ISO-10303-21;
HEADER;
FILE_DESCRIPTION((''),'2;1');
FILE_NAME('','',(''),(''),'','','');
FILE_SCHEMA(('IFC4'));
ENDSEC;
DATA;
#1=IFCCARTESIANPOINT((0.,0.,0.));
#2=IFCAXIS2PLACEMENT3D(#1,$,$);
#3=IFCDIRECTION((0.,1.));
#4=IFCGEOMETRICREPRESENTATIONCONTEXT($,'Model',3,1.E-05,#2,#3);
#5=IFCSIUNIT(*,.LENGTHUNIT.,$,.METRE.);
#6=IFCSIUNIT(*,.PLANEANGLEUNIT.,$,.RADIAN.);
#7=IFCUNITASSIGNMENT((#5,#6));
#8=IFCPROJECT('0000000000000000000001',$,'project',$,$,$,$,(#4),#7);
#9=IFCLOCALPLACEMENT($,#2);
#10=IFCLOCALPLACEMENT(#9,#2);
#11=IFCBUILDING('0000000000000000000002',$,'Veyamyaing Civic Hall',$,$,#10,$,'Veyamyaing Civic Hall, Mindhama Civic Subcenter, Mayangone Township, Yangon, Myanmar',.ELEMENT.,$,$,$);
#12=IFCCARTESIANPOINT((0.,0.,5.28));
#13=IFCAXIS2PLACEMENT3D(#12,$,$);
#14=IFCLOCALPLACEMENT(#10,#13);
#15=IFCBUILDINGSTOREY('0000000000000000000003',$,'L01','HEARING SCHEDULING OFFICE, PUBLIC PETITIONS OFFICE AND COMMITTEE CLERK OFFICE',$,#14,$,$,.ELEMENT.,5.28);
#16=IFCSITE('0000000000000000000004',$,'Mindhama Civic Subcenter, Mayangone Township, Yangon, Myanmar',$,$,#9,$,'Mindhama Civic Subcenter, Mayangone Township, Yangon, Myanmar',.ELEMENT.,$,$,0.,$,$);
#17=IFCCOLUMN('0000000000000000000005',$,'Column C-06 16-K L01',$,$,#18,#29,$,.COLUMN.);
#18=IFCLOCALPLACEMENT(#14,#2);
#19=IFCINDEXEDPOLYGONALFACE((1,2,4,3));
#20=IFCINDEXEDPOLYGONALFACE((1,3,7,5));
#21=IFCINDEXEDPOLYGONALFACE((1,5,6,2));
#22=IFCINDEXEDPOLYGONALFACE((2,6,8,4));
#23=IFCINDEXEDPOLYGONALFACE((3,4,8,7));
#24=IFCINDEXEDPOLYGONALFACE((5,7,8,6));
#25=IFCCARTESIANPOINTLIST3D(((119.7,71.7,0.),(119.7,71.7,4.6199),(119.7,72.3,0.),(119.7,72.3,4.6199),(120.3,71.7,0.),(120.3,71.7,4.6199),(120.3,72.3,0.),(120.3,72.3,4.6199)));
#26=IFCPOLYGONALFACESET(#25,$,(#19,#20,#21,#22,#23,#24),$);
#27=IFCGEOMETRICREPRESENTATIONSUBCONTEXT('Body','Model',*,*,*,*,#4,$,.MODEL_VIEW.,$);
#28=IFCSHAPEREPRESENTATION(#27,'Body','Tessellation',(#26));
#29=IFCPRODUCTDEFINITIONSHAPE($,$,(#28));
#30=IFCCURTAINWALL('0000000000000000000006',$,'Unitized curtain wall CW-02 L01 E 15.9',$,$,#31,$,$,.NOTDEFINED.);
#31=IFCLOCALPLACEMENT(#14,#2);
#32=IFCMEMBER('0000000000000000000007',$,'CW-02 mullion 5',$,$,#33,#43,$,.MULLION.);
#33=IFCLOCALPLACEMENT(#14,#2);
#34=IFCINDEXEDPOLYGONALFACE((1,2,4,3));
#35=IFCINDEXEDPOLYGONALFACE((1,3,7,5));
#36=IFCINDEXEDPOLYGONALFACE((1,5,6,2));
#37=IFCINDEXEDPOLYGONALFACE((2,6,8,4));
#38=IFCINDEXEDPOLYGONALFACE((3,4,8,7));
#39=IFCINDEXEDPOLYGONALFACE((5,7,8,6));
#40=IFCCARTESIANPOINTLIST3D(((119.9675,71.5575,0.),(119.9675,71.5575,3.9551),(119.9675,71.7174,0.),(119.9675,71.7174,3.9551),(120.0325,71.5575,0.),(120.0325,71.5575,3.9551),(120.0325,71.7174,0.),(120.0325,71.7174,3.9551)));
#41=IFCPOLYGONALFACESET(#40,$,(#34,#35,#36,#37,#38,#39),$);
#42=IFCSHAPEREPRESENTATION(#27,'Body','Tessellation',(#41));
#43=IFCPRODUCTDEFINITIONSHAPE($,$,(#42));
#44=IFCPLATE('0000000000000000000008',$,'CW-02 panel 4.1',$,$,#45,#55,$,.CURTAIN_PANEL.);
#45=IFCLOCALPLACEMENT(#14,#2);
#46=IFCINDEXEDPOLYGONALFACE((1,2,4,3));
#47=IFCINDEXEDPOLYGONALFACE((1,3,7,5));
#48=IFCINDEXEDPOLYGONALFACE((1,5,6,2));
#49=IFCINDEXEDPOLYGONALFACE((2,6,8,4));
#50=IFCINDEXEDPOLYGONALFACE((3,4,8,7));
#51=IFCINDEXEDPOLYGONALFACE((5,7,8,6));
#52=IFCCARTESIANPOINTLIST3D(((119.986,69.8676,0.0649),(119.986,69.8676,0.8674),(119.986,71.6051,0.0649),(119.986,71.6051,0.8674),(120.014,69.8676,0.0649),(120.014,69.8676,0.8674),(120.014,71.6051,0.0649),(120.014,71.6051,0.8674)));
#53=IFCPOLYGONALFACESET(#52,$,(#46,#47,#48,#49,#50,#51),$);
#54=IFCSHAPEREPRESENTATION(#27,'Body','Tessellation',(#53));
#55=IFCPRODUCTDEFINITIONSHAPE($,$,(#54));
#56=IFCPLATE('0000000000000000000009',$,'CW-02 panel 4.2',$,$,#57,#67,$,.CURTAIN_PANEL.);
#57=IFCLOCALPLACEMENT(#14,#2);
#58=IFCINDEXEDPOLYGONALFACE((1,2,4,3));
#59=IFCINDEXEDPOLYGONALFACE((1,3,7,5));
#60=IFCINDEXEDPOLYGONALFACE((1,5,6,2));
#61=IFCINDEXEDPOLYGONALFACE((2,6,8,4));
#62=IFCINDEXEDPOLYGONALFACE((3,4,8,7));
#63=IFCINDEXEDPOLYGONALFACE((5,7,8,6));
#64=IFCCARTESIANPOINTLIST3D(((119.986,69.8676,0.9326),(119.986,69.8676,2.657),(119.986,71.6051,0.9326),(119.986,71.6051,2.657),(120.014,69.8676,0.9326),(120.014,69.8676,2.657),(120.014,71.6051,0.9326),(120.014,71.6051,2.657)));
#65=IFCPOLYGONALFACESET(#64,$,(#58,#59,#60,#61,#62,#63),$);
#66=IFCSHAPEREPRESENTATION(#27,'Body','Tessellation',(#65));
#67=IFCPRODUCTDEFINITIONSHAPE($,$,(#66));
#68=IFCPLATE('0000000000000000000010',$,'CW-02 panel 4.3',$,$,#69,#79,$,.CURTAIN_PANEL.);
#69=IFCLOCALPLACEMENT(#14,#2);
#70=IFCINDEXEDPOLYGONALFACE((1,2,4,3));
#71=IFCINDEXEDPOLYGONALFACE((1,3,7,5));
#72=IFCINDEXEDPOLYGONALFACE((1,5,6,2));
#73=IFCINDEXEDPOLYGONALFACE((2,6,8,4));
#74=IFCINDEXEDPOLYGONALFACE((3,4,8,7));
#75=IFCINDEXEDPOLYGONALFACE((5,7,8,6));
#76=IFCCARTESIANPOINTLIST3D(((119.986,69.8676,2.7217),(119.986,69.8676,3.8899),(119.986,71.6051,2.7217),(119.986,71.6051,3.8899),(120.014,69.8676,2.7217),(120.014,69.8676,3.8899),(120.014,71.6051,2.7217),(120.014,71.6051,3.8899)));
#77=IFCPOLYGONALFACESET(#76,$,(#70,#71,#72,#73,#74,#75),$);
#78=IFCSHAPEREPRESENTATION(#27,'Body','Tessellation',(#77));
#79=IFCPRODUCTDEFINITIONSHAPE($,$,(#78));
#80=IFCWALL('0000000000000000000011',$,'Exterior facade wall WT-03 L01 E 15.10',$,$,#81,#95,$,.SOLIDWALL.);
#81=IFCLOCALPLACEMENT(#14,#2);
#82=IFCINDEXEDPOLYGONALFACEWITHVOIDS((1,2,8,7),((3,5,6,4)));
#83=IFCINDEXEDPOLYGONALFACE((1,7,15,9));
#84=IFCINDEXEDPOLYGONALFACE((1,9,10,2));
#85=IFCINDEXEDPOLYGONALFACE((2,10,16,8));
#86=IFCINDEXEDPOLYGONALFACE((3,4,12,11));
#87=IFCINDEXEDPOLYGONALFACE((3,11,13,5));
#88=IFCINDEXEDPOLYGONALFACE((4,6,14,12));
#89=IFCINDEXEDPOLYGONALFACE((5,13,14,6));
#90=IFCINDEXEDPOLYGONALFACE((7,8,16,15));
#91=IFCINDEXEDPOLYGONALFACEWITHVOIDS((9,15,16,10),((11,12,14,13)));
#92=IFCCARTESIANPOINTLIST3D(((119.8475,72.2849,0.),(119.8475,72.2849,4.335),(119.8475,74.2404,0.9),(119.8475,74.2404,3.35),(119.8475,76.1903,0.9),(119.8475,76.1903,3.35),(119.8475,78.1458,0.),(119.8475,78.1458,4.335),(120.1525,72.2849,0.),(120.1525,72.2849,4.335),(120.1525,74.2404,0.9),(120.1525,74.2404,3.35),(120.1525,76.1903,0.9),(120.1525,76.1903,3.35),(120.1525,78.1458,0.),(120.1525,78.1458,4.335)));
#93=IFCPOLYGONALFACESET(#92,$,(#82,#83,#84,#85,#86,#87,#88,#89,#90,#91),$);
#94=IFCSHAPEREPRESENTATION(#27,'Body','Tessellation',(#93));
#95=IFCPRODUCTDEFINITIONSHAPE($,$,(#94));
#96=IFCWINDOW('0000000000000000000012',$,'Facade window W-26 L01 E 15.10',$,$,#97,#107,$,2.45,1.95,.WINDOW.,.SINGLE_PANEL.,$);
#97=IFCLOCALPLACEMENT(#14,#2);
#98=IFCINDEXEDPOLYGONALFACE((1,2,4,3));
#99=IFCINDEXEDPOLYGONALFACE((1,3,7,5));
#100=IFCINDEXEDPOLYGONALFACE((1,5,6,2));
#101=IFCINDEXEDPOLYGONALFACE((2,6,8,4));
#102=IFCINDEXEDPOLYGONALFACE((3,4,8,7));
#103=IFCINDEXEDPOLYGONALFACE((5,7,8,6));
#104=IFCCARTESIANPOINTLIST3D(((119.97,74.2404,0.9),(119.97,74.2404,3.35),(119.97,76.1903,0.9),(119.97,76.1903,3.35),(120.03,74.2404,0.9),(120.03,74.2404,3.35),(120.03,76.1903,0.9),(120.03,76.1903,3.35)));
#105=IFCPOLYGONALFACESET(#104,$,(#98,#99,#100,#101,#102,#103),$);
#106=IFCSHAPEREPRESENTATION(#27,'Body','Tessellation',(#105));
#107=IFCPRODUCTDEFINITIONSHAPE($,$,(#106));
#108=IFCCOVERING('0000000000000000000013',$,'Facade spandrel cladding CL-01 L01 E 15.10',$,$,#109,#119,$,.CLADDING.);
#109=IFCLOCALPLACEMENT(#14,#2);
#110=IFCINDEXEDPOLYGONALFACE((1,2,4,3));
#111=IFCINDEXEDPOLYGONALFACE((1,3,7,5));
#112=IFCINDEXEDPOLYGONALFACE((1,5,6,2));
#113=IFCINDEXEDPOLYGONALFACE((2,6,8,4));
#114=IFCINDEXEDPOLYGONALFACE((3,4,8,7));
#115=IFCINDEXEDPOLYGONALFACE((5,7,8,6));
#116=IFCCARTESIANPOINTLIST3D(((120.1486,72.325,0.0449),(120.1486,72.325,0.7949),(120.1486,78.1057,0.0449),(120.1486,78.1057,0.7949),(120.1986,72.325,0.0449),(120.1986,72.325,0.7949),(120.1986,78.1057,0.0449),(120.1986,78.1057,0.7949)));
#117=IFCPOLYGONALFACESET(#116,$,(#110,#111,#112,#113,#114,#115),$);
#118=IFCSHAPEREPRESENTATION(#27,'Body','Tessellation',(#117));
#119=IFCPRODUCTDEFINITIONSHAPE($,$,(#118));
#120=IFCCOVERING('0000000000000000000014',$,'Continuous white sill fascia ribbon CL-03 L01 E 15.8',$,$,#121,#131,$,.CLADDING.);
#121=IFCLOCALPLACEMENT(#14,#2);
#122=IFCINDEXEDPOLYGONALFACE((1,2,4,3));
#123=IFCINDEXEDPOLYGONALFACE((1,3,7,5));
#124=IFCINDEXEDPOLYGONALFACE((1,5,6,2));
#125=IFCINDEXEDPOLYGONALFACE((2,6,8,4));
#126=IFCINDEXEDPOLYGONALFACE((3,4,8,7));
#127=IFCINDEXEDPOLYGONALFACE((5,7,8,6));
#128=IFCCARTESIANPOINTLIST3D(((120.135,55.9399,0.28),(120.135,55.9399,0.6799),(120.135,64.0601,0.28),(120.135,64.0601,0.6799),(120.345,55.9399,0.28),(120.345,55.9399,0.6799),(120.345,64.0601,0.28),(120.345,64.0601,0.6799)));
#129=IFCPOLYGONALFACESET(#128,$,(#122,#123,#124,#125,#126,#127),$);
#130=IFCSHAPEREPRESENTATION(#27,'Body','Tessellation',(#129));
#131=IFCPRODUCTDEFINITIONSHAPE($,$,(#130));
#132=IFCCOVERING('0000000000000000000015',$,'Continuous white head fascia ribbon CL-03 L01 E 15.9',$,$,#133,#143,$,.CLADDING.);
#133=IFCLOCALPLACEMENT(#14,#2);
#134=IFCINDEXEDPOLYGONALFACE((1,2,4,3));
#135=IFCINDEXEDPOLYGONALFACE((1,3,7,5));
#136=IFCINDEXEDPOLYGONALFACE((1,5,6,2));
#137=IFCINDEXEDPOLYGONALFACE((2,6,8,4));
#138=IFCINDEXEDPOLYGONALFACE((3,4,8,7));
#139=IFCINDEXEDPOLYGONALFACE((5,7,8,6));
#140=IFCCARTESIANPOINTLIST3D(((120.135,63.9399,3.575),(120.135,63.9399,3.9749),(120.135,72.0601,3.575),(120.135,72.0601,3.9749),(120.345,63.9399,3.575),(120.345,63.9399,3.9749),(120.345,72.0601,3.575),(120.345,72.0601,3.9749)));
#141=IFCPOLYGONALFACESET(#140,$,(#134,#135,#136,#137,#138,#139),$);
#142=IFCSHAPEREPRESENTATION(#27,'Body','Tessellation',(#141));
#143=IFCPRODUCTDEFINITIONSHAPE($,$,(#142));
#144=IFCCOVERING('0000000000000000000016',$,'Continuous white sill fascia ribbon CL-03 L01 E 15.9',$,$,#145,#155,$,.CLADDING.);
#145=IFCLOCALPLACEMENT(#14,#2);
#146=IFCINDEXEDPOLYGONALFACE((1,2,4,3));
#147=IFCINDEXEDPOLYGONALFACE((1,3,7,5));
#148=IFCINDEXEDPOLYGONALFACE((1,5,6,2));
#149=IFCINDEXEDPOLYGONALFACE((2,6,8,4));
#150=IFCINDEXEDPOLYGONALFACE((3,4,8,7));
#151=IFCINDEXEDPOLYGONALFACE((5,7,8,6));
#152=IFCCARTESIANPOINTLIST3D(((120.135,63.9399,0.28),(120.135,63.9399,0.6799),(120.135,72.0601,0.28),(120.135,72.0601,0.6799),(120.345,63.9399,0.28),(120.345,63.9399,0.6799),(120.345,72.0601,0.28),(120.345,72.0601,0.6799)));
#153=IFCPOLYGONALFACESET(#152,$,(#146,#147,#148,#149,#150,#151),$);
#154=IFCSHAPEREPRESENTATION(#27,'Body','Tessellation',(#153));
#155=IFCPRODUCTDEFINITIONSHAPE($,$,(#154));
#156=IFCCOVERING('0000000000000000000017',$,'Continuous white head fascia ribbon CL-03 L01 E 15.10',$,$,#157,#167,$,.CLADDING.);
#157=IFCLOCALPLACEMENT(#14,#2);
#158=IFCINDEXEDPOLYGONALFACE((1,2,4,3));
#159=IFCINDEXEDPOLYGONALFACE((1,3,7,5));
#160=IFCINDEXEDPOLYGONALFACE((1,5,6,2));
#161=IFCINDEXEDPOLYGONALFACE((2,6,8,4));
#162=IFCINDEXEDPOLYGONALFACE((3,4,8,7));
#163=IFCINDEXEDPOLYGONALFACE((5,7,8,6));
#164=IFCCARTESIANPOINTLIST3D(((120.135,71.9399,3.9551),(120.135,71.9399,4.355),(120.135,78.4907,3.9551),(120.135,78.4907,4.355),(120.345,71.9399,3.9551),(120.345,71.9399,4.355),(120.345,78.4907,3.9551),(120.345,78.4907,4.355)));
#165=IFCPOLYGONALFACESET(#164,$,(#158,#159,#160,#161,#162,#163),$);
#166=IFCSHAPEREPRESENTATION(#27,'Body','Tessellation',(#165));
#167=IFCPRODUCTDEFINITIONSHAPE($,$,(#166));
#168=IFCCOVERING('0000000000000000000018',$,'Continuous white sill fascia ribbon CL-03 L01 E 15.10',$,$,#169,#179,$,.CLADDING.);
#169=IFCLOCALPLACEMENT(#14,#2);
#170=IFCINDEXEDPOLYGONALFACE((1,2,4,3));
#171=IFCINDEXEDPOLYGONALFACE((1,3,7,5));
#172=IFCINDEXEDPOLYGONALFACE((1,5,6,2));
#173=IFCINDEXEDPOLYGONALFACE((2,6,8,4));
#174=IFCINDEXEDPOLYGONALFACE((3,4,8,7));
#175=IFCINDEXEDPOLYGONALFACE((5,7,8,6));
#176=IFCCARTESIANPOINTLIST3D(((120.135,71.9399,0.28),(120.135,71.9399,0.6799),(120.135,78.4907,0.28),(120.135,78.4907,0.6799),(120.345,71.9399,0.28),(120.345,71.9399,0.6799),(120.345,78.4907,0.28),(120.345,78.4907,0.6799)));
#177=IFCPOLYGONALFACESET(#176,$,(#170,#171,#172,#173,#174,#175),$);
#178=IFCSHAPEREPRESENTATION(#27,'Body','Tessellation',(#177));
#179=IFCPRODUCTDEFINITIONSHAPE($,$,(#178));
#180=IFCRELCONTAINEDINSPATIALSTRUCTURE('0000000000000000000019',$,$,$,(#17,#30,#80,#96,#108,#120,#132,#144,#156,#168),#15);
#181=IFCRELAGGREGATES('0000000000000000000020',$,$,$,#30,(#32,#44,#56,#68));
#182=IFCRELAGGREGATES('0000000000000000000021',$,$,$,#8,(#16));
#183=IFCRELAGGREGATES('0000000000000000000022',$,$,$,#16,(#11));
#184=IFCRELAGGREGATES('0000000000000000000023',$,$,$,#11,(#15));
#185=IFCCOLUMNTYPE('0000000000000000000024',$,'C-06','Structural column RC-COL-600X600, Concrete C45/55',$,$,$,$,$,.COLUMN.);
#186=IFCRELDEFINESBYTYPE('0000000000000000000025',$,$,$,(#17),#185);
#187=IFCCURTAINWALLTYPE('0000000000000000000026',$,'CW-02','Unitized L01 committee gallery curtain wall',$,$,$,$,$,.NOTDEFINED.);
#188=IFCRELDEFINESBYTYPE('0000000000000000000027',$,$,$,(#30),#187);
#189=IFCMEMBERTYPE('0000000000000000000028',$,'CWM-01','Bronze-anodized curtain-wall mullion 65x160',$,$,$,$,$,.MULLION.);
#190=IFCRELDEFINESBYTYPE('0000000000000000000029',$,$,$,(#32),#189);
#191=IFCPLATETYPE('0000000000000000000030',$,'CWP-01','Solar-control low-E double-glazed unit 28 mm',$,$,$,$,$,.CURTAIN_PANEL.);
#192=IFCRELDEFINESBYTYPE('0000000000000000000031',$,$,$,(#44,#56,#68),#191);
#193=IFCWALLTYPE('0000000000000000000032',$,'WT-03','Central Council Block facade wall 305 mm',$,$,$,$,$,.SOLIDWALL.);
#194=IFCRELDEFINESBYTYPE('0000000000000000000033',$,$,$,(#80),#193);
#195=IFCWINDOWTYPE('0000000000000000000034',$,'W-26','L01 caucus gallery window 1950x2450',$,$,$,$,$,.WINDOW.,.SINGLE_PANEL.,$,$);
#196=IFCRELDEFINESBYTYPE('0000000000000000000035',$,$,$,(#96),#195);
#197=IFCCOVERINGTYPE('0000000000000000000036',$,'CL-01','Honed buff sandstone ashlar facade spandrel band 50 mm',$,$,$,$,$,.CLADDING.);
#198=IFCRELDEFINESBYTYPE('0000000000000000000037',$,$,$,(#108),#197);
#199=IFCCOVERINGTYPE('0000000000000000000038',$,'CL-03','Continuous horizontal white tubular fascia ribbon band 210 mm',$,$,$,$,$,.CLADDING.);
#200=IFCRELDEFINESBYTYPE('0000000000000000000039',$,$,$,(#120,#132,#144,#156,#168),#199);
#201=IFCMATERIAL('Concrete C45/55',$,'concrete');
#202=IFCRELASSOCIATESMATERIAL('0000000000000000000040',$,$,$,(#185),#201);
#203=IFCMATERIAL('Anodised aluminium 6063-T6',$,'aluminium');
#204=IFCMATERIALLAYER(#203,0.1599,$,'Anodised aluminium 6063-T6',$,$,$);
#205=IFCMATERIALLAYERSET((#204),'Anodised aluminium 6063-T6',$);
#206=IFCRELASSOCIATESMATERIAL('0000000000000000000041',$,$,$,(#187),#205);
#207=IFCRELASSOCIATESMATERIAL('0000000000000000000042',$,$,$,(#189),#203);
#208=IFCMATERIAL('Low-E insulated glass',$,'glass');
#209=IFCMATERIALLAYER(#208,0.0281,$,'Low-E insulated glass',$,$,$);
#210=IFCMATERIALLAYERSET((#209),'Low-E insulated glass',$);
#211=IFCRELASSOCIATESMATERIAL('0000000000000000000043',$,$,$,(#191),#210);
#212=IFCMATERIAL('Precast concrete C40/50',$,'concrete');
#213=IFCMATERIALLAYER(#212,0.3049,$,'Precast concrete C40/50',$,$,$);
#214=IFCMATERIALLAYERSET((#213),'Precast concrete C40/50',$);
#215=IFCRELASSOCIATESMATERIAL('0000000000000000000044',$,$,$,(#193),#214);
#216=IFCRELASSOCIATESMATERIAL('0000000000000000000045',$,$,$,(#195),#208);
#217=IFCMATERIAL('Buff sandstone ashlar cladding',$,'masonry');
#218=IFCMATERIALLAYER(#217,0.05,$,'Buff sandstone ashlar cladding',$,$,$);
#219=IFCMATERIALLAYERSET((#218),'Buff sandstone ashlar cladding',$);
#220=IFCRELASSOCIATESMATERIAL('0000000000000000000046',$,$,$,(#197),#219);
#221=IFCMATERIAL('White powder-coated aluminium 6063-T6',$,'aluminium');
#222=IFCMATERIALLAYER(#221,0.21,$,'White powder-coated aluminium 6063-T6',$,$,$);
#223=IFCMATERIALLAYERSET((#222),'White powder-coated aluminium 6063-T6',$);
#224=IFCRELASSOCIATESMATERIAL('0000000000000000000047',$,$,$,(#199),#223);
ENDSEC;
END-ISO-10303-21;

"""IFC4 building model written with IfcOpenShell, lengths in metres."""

from ifc_helpers import new_model, si_unit, direction, frame, frame_2d, origin, origin_2d, place, context, subcontext, project, spatial, rectangle, extrude, material, layer, layer_set, material_profile, profile_set, type_object, element, fill, aggregate, save


model = new_model("IFC4")

# Units and contexts
model_context = context("Model", 3, precision=1e-05, world=origin(), true_north=direction((0.0, 1.0)))
body_context = subcontext(model_context, "Body", "Model", "MODEL_VIEW")
ifc_project = project(units=[si_unit("LENGTHUNIT", "METRE"), si_unit("PLANEANGLEUNIT", "RADIAN")], contexts=[model_context])

# Site, building, storey
site_placement = place(None, origin())
site = spatial("IfcSite", under=ifc_project, at=site_placement, Name="Mindhama Civic Subcenter, Mayangone Township, Yangon, Myanmar", LongName="Mindhama Civic Subcenter, Mayangone Township, Yangon, Myanmar", CompositionType="ELEMENT", RefElevation=0.0)
building_placement = place(site_placement, origin())
building = spatial("IfcBuilding", under=site, at=building_placement, Name="Veyamyaing Civic Hall", LongName="Veyamyaing Civic Hall, Mindhama Civic Subcenter, Mayangone Township, Yangon, Myanmar", CompositionType="ELEMENT")
storey_placement = place(building_placement, frame((0.0, 0.0, 5.28)))
storey = spatial("IfcBuildingStorey", under=building, at=storey_placement, Name="L01", Description="HEARING SCHEDULING OFFICE, PUBLIC PETITIONS OFFICE AND COMMITTEE CLERK OFFICE", CompositionType="ELEMENT", Elevation=5.28)

# Column
ifc_material_1 = material(Name="Concrete C45/55", Category="concrete")
ifc_material_profile_1 = material_profile(ifc_material_1, rectangle(XDim=0.6001, YDim=0.6001, at=origin_2d()), Name="RC-COL-600X600")
ifc_profile_set_1 = profile_set([ifc_material_profile_1], Name="Concrete C45/55")
column_type = type_object("IfcColumnType", Name="C-06", Description="Structural column RC-COL-600X600, Concrete C45/55", PredefinedType="COLUMN", material=ifc_profile_set_1)
column_placement = place(storey_placement, frame((120.0, 72.0, 0.0), z_axis=(0.0, 0.0, 1.0), x_axis=(1.0, 0.0, 0.0)))
element("IfcColumn", 1, at=column_placement, inside=storey, type_object=column_type, Name="Column C-06 16-K L01", PredefinedType="COLUMN", context=body_context, shape_type="SweptSolid", body=[
    extrude(rectangle(XDim=0.6001, YDim=0.6001, at=origin_2d()), origin(), (0.0, 0.0, 1.0), 4.6199),
])

# Curtain wall, member, plates
ifc_material_2 = material(Name="Anodised aluminium 6063-T6", Category="aluminium")
ifc_layer_1 = layer(ifc_material_2, 0.1599, Name="Anodised aluminium 6063-T6")
ifc_layer_set_1 = layer_set([ifc_layer_1], Name="Anodised aluminium 6063-T6")
curtain_wall_type = type_object("IfcCurtainWallType", Name="CW-02", Description="Unitized L01 committee gallery curtain wall", PredefinedType="NOTDEFINED", material=ifc_layer_set_1)
curtain_wall_placement = place(storey_placement, origin())
curtain_wall = element("IfcCurtainWall", 2, at=curtain_wall_placement, inside=storey, type_object=curtain_wall_type, Name="Unitized curtain wall CW-02 L01 E 15.9", PredefinedType="NOTDEFINED")
ifc_material_profile_2 = material_profile(ifc_material_2, rectangle(XDim=0.0649, YDim=0.1599, at=origin_2d()), Name="ALU-MUL-65X160")
ifc_profile_set_2 = profile_set([ifc_material_profile_2], Name="Anodised aluminium 6063-T6")
member_type = type_object("IfcMemberType", Name="CWM-01", Description="Bronze-anodized curtain-wall mullion 65x160", PredefinedType="MULLION", material=ifc_profile_set_2)
member_placement = place(storey_placement, frame((120.0, 71.6375, 0.0), z_axis=(0.0, 0.0, 1.0), x_axis=(-1.0, 0.0, 0.0)))
member = element("IfcMember", 3, at=member_placement, type_object=member_type, Name="CW-02 mullion 5", PredefinedType="MULLION", context=body_context, shape_type="SweptSolid", body=[
    extrude(rectangle(XDim=0.0649, YDim=0.1599, at=origin_2d()), origin(), (0.0, 0.0, 1.0), 3.9551),
])
ifc_material_3 = material(Name="Low-E insulated glass", Category="glass")
ifc_layer_2 = layer(ifc_material_3, 0.0281, Name="Low-E insulated glass")
ifc_layer_set_2 = layer_set([ifc_layer_2], Name="Low-E insulated glass")
plate_type = type_object("IfcPlateType", Name="CWP-01", Description="Solar-control low-E double-glazed unit 28 mm", PredefinedType="CURTAIN_PANEL", material=ifc_layer_set_2)
plate_1_placement = place(storey_placement, frame((120.0, 70.7363, 0.0649), z_axis=(0.0, 0.0, 1.0), x_axis=(0.0, 1.0, 0.0)))
plate_1 = element("IfcPlate", 4, at=plate_1_placement, type_object=plate_type, Name="CW-02 panel 4.1", PredefinedType="CURTAIN_PANEL", context=body_context, shape_type="SweptSolid", body=[
    extrude(rectangle(XDim=1.7375, YDim=0.0281, at=origin_2d()), origin(), (0.0, 0.0, 1.0), 0.8025),
])
plate_2_placement = place(storey_placement, frame((120.0, 70.7363, 0.9326), z_axis=(0.0, 0.0, 1.0), x_axis=(0.0, 1.0, 0.0)))
plate_2 = element("IfcPlate", 5, at=plate_2_placement, type_object=plate_type, Name="CW-02 panel 4.2", PredefinedType="CURTAIN_PANEL", context=body_context, shape_type="SweptSolid", body=[
    extrude(rectangle(XDim=1.7375, YDim=0.0281, at=origin_2d()), origin(), (0.0, 0.0, 1.0), 1.7244),
])
plate_3_placement = place(storey_placement, frame((120.0, 70.7363, 2.7217), z_axis=(0.0, 0.0, 1.0), x_axis=(0.0, 1.0, 0.0)))
plate_3 = element("IfcPlate", 6, at=plate_3_placement, type_object=plate_type, Name="CW-02 panel 4.3", PredefinedType="CURTAIN_PANEL", context=body_context, shape_type="SweptSolid", body=[
    extrude(rectangle(XDim=1.7375, YDim=0.0281, at=origin_2d()), origin(), (0.0, 0.0, 1.0), 1.1682),
])
aggregate(curtain_wall, [member, plate_1, plate_2, plate_3])

# Wall, opening, window
ifc_material_4 = material(Name="Precast concrete C40/50", Category="concrete")
ifc_layer_3 = layer(ifc_material_4, 0.3049, Name="Precast concrete C40/50")
ifc_layer_set_3 = layer_set([ifc_layer_3], Name="Precast concrete C40/50")
wall_type = type_object("IfcWallType", Name="WT-03", Description="Central Council Block facade wall 305 mm", PredefinedType="SOLIDWALL", material=ifc_layer_set_3)
wall_placement = place(storey_placement, frame((120.0, 72.2849, 0.0), z_axis=(0.0, 0.0, 1.0), x_axis=(0.0, 1.0, 0.0)))
wall = element("IfcWall", 7, at=wall_placement, inside=storey, type_object=wall_type, Name="Exterior facade wall WT-03 L01 E 15.10", PredefinedType="SOLIDWALL", context=body_context, shape_type="SweptSolid", body=[
    extrude(rectangle(XDim=5.8608, YDim=0.3049, at=frame_2d((2.9304, 0.0))), origin(), (0.0, 0.0, 1.0), 4.335),
])
opening_placement = place(wall_placement, frame((1.9553, 0.0, 0.8999)))
opening = element("IfcOpeningElement", 8, at=opening_placement, cuts=wall, PredefinedType="OPENING", context=body_context, shape_type="SweptSolid", body=[
    extrude(rectangle(XDim=1.95, YDim=2.45, at=frame_2d((0.9751, 1.2251))), frame((0.0, 0.1624, 0.0), z_axis=(0.0, -1.0, 0.0), x_axis=(1.0, 0.0, 0.0)), (0.0, 0.0, 1.0), 0.325),
])
window_type = type_object("IfcWindowType", Name="W-26", Description="L01 caucus gallery window 1950x2450", PartitioningType="SINGLE_PANEL", PredefinedType="WINDOW", material=ifc_material_3)
window_placement = place(opening_placement, origin())
window = element("IfcWindow", 9, at=window_placement, inside=storey, type_object=window_type, Name="Facade window W-26 L01 E 15.10", OverallHeight=2.45, OverallWidth=1.95, PartitioningType="SINGLE_PANEL", PredefinedType="WINDOW", context=body_context, shape_type="SweptSolid", body=[
    extrude(rectangle(XDim=1.95, YDim=2.45, at=frame_2d((0.9751, 1.2251))), frame((0.0, 0.03, 0.0), z_axis=(0.0, -1.0, 0.0), x_axis=(1.0, 0.0, 0.0)), (0.0, 0.0, 1.0), 0.0601),
])
fill(opening, window)

# Coverings
ifc_material_5 = material(Name="Buff sandstone ashlar cladding", Category="masonry")
ifc_layer_4 = layer(ifc_material_5, 0.05, Name="Buff sandstone ashlar cladding")
ifc_layer_set_4 = layer_set([ifc_layer_4], Name="Buff sandstone ashlar cladding")
covering_type_1 = type_object("IfcCoveringType", Name="CL-01", Description="Honed buff sandstone ashlar facade spandrel band 50 mm", PredefinedType="CLADDING", material=ifc_layer_set_4)
covering_placement = place(storey_placement, frame((120.1736, 75.2153, 0.0449), z_axis=(0.0, 0.0, 1.0), x_axis=(0.0, 1.0, 0.0)))
element("IfcCovering", 10, at=covering_placement, inside=storey, type_object=covering_type_1, Name="Facade spandrel cladding CL-01 L01 E 15.10", PredefinedType="CLADDING", context=body_context, shape_type="SweptSolid", body=[
    extrude(rectangle(XDim=5.7808, YDim=0.05, at=origin_2d()), origin(), (0.0, 0.0, 1.0), 0.75),
])
ifc_material_6 = material(Name="White powder-coated aluminium 6063-T6", Category="aluminium")
ifc_layer_5 = layer(ifc_material_6, 0.21, Name="White powder-coated aluminium 6063-T6")
ifc_layer_set_5 = layer_set([ifc_layer_5], Name="White powder-coated aluminium 6063-T6")
covering_type_2 = type_object("IfcCoveringType", Name="CL-03", Description="Continuous horizontal white tubular fascia ribbon band 210 mm", PredefinedType="CLADDING", material=ifc_layer_set_5)
for number, where, z_axis, x_axis, name in (
    (11, (120.24, 60.0, 0.28), (0.0, 0.0, 1.0), (0.0, 1.0, 0.0), "Continuous white sill fascia ribbon CL-03 L01 E 15.8"),
    (12, (120.24, 68.0, 3.575), (0.0, 0.0, 1.0), (0.0, 1.0, 0.0), "Continuous white head fascia ribbon CL-03 L01 E 15.9"),
    (13, (120.24, 68.0, 0.28), (0.0, 0.0, 1.0), (0.0, 1.0, 0.0), "Continuous white sill fascia ribbon CL-03 L01 E 15.9"),
):
    element("IfcCovering", number, at=place(storey_placement, frame(where, z_axis=z_axis, x_axis=x_axis)), inside=storey, type_object=covering_type_2, Name=name, PredefinedType="CLADDING", context=body_context, shape_type="SweptSolid", body=[
        extrude(rectangle(XDim=8.1201, YDim=0.21, at=origin_2d()), origin(), (0.0, 0.0, 1.0), 0.3999),
    ])
for number, where, z_axis, x_axis, name in (
    (14, (120.24, 75.2153, 3.9551), (0.0, 0.0, 1.0), (0.0, 1.0, 0.0), "Continuous white head fascia ribbon CL-03 L01 E 15.10"),
    (15, (120.24, 75.2153, 0.28), (0.0, 0.0, 1.0), (0.0, 1.0, 0.0), "Continuous white sill fascia ribbon CL-03 L01 E 15.10"),
):
    element("IfcCovering", number, at=place(storey_placement, frame(where, z_axis=z_axis, x_axis=x_axis)), inside=storey, type_object=covering_type_2, Name=name, PredefinedType="CLADDING", context=body_context, shape_type="SweptSolid", body=[
        extrude(rectangle(XDim=6.5508, YDim=0.21, at=origin_2d()), origin(), (0.0, 0.0, 1.0), 0.3999),
    ])

save(model, "model.ifc")
